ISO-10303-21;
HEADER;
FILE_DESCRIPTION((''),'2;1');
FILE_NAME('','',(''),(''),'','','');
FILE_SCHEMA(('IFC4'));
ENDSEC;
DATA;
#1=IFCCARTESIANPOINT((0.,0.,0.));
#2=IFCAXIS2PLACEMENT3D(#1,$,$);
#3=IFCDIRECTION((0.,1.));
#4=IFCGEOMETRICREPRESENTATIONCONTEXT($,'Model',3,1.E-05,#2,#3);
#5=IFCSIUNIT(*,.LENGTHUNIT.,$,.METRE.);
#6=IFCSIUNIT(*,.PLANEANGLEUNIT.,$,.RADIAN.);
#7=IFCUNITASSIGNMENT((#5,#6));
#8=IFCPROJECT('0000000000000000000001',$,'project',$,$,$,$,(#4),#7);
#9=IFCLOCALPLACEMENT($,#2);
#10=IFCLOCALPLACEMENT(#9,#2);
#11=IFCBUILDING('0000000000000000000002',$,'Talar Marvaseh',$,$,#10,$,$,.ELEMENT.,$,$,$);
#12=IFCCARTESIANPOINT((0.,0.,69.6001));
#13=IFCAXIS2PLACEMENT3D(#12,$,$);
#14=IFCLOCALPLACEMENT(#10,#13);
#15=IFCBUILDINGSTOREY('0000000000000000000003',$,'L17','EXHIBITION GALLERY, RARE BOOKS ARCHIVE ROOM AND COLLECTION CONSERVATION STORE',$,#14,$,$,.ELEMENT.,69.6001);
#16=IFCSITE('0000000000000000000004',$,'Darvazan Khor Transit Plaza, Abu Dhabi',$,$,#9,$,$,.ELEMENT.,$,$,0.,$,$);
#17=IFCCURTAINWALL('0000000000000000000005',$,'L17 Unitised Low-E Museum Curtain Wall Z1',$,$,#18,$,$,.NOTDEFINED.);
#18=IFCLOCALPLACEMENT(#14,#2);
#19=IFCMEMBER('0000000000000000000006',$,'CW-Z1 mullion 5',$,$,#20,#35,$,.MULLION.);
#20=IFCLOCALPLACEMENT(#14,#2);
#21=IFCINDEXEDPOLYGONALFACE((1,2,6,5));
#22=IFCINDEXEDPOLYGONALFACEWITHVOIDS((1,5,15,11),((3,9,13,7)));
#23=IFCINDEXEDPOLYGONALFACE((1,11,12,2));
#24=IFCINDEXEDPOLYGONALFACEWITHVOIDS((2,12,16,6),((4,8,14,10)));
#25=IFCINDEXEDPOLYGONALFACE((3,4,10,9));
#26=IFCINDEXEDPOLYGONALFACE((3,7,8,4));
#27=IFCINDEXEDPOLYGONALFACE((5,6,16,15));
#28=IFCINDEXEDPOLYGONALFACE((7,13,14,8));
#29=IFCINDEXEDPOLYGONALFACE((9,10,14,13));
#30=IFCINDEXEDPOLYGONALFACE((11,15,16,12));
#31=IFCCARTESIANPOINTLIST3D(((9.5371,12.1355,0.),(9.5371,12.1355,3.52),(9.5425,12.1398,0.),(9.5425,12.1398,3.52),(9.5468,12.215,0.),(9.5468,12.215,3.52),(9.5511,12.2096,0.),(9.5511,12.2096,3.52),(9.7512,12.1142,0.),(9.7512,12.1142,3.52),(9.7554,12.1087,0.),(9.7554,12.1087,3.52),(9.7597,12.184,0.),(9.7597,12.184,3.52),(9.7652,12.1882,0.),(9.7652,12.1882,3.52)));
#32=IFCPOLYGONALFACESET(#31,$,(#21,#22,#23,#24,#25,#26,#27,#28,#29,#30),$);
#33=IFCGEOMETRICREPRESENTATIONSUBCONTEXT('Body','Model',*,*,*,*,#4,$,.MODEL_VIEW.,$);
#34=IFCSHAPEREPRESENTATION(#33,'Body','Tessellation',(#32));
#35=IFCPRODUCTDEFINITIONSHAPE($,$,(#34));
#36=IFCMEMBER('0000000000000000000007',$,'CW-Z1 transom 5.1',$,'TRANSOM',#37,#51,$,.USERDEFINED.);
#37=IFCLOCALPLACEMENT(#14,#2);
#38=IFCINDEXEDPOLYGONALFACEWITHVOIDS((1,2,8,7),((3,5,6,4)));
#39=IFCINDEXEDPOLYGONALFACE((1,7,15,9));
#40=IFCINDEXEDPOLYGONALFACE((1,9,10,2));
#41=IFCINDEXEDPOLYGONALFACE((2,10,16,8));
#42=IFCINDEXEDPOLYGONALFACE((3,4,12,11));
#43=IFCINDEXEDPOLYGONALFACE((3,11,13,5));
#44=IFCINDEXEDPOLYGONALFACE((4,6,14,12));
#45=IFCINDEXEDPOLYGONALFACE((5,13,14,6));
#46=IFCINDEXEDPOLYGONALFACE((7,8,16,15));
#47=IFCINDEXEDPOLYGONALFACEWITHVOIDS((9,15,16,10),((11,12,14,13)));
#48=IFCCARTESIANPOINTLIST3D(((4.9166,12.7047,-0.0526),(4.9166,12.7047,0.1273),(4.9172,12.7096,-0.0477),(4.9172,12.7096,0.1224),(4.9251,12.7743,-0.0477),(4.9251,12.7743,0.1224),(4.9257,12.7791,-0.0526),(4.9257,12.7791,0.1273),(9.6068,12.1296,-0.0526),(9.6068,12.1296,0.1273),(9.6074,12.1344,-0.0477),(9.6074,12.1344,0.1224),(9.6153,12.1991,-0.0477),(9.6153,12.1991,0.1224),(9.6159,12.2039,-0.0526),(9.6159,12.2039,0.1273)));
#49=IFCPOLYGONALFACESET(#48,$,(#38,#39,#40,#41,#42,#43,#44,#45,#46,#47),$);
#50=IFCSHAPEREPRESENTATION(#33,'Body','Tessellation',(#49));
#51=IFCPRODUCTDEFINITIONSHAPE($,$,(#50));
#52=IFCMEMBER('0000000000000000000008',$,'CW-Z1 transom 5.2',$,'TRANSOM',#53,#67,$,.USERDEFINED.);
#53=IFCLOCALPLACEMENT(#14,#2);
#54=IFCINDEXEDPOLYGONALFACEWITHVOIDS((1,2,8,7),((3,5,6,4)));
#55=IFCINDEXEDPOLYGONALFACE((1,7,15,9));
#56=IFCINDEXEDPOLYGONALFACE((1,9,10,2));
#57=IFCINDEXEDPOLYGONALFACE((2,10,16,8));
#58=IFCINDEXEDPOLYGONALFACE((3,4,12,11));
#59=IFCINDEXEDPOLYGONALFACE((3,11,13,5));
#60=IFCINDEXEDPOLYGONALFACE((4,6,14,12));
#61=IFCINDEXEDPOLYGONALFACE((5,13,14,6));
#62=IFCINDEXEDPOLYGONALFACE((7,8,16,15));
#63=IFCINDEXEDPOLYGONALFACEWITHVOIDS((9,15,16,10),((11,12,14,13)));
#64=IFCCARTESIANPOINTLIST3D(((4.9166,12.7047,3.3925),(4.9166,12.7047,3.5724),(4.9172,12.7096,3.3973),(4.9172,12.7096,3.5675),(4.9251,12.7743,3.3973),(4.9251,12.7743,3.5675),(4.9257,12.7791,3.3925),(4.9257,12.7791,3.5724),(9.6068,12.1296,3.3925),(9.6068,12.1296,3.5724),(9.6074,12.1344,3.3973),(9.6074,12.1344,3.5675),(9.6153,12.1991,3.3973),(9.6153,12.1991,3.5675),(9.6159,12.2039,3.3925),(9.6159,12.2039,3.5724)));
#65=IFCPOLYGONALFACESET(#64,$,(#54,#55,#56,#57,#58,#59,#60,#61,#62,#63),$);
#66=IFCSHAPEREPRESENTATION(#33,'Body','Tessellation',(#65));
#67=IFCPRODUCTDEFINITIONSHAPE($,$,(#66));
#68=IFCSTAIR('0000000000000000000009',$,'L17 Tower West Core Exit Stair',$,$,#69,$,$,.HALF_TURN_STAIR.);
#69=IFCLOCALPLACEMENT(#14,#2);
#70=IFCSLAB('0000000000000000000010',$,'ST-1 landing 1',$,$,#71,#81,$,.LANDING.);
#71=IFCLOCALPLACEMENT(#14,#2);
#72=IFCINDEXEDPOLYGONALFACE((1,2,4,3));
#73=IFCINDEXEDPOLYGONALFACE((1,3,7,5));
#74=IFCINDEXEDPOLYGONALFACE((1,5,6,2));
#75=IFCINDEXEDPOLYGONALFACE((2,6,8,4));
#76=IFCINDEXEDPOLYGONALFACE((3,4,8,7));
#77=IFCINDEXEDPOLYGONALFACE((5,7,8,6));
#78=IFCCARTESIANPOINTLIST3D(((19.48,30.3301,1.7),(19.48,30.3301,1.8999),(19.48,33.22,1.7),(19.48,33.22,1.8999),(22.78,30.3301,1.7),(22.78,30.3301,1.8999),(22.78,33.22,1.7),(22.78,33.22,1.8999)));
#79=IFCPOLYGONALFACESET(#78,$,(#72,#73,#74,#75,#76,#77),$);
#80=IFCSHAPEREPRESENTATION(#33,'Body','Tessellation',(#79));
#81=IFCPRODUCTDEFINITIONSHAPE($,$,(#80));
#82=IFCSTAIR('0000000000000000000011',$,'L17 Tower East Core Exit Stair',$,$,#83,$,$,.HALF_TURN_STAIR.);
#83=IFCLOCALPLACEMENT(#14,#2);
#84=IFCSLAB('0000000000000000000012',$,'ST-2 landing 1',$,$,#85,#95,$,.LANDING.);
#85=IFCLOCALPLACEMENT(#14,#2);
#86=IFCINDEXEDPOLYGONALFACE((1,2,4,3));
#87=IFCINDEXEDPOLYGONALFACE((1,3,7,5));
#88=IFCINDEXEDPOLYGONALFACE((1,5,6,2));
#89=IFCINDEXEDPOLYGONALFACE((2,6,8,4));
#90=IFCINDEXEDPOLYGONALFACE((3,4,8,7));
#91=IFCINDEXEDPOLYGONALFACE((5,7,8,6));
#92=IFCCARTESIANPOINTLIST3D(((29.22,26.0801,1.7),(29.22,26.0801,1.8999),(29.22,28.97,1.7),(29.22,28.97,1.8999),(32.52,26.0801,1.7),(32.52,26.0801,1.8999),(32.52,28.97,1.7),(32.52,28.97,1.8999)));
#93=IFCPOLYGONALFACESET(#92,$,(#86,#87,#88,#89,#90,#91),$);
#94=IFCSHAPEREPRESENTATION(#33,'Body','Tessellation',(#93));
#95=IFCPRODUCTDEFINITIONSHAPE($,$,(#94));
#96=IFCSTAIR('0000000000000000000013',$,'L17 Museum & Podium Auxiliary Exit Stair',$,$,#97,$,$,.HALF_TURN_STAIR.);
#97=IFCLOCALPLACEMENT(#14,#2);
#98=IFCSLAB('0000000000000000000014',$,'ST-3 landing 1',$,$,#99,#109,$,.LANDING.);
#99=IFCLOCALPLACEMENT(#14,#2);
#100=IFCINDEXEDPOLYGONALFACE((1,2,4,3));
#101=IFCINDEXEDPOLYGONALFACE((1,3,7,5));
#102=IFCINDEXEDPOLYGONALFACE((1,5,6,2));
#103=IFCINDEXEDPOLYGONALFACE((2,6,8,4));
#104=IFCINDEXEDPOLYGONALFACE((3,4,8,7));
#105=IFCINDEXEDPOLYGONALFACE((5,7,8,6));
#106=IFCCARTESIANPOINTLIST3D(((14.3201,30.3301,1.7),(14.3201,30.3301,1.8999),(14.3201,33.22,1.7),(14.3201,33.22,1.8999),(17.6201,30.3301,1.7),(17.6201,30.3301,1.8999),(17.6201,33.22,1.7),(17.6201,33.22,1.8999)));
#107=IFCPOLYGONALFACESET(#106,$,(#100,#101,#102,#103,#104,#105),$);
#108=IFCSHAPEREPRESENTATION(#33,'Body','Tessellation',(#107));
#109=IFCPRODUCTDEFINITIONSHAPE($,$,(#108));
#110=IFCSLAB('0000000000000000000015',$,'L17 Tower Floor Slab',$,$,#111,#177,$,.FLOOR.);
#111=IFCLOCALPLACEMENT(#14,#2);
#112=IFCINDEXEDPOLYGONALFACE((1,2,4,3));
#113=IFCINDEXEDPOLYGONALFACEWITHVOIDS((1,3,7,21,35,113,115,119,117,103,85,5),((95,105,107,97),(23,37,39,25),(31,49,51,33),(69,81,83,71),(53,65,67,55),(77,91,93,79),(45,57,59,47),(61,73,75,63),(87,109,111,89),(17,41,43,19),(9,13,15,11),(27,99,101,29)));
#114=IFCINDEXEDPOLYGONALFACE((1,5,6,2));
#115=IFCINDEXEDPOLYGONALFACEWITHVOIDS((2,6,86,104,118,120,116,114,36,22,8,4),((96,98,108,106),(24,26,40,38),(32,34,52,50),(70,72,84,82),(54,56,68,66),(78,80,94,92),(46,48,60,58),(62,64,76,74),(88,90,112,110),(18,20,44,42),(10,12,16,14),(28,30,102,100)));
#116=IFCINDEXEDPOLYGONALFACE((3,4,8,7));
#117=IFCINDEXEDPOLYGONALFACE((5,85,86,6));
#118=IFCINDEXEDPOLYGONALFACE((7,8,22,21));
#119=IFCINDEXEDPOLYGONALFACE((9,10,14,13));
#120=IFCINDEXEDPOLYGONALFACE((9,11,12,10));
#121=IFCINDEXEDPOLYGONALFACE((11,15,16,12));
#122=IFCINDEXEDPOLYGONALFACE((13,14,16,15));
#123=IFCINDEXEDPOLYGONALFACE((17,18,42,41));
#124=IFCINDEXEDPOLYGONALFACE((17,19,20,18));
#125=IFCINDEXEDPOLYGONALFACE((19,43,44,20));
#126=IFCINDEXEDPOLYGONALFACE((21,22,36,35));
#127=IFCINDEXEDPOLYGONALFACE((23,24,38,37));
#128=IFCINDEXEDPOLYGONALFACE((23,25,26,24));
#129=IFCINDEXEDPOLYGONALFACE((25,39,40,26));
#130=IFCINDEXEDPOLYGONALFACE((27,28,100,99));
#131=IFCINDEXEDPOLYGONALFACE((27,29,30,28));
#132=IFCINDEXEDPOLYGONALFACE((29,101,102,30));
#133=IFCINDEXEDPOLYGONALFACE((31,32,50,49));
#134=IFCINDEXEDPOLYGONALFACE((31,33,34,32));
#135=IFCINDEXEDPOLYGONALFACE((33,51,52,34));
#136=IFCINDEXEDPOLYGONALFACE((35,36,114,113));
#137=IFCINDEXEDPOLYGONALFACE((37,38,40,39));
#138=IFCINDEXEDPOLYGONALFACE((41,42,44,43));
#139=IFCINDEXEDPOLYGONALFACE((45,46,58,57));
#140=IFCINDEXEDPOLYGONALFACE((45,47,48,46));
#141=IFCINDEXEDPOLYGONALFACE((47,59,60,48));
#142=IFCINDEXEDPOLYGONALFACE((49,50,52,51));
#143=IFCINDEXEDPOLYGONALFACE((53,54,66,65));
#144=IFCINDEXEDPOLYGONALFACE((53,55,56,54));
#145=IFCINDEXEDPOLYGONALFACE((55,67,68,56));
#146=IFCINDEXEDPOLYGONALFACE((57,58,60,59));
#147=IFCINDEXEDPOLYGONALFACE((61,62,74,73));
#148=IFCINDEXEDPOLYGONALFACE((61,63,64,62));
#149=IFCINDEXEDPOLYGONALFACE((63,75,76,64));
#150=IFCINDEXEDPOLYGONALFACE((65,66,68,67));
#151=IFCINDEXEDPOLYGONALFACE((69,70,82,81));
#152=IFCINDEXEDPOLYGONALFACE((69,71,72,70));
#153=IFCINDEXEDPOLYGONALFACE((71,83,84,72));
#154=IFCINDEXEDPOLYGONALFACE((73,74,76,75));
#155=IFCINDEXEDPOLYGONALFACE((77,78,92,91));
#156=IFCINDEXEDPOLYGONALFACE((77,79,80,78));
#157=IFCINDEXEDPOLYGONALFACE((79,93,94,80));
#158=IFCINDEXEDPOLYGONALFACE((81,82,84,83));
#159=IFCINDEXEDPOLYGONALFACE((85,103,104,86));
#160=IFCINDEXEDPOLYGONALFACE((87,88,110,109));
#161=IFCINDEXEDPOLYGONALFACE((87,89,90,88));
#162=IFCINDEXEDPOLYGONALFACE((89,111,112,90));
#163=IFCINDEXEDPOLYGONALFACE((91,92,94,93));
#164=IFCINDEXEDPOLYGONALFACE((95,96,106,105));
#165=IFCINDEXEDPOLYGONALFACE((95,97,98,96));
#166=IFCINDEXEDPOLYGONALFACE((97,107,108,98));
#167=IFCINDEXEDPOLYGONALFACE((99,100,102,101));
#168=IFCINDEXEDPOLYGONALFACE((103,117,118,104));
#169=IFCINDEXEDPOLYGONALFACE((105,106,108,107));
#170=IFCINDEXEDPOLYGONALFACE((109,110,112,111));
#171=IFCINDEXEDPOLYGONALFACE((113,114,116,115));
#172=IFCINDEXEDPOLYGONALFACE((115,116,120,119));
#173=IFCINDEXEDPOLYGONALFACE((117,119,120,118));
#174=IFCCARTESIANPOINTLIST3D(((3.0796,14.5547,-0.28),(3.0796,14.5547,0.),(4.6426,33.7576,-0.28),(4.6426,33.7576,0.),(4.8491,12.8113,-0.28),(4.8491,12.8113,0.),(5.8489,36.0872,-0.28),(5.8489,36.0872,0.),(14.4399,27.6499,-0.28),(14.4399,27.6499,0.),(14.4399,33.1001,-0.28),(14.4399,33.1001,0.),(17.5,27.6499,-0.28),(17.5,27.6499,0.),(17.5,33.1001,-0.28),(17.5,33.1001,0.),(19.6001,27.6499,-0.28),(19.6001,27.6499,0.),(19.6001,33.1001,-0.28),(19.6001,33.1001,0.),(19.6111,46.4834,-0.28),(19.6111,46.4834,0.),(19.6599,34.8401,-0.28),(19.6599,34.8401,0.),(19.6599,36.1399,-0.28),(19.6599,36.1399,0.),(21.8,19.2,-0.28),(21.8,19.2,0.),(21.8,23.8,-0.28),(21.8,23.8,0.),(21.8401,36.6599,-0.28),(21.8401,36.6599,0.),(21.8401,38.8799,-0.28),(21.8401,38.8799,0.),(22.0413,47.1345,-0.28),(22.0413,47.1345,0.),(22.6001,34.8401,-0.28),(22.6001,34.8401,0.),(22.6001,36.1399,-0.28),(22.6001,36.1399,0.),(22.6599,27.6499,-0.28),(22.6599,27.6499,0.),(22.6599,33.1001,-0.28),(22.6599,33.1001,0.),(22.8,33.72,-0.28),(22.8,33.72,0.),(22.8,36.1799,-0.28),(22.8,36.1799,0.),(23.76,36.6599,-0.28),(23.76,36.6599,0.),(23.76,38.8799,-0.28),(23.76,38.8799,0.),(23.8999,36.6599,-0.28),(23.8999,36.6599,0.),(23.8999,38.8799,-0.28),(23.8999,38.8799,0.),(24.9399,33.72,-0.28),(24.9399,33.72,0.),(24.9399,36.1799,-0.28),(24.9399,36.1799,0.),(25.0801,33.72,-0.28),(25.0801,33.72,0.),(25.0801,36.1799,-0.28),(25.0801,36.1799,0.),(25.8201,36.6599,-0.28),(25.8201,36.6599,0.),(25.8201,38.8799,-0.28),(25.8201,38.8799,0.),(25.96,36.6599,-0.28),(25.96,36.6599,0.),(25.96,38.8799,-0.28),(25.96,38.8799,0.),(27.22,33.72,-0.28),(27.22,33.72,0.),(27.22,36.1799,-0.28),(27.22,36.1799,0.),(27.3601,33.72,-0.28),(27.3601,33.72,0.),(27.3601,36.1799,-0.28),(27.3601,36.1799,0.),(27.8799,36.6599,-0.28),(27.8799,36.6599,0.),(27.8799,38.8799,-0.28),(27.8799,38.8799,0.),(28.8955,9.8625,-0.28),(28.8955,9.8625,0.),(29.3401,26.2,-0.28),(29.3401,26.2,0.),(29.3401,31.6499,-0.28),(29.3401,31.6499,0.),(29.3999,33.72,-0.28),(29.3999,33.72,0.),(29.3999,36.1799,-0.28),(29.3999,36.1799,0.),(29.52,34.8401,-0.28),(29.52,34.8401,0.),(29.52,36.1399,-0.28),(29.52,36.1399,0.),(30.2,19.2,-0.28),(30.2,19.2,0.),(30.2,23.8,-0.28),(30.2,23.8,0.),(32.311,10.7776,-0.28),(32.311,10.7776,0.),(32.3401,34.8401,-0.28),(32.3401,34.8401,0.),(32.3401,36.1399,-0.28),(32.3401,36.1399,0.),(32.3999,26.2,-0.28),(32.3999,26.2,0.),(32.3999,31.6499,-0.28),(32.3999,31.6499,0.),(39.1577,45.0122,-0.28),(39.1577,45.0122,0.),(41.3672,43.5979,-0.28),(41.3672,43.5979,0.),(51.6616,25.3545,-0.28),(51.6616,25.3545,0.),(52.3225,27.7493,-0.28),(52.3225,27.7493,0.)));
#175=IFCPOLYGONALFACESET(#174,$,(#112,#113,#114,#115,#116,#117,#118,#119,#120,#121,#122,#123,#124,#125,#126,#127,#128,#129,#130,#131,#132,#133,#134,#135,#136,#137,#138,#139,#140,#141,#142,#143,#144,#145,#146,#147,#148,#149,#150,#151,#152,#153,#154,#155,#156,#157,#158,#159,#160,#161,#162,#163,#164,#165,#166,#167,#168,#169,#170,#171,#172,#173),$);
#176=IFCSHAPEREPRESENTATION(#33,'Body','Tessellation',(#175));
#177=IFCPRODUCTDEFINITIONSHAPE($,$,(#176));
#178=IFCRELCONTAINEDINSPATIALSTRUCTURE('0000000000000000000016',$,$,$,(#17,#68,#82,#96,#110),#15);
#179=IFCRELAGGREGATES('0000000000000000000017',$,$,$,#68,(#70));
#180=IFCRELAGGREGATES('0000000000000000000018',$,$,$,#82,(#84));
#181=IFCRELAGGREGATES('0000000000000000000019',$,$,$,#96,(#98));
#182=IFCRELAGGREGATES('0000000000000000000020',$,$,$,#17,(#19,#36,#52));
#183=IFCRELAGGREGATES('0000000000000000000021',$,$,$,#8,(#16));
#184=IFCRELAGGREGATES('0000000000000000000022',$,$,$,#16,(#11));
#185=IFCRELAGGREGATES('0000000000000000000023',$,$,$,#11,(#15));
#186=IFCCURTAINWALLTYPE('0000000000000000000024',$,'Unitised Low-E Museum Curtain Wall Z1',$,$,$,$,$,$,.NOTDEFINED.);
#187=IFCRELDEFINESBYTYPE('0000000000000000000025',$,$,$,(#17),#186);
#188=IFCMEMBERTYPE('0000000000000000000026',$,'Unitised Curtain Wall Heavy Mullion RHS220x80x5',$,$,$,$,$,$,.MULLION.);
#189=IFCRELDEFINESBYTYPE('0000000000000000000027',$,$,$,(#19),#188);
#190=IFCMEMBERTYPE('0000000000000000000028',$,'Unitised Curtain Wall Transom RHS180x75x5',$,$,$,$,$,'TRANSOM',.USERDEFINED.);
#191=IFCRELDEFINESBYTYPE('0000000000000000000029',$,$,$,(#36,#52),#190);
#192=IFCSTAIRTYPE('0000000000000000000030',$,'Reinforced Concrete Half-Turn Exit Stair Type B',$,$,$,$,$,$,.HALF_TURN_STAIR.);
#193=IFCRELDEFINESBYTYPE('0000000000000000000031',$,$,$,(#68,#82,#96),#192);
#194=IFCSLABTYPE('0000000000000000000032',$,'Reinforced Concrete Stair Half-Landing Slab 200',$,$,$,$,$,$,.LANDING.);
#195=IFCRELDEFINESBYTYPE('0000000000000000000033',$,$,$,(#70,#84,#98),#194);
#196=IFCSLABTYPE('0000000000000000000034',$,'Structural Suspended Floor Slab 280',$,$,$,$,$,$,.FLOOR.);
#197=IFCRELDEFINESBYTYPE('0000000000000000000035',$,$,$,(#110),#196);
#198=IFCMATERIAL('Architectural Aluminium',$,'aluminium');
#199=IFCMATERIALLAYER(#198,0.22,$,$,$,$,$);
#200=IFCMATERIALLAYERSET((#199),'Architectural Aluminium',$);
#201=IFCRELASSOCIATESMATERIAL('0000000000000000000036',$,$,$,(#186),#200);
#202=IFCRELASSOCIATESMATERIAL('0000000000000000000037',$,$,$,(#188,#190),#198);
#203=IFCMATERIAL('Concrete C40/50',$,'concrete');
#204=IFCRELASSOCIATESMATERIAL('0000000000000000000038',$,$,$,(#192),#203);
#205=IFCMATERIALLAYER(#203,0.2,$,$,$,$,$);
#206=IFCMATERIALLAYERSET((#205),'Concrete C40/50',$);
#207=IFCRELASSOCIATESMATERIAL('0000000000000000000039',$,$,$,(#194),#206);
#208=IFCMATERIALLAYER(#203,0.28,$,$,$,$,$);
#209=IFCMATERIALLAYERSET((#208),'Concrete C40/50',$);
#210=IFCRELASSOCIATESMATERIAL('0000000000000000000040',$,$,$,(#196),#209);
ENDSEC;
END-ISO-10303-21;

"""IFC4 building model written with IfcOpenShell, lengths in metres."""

from ifc_helpers import new_model, si_unit, direction, frame, origin, origin_2d, place, context, subcontext, project, spatial, polyline, hollow_rectangle, outline, extrude, source, transform, mapped, material, layer, layer_set, material_profile, profile_set, type_object, type_shapes, element, aggregate, save


model = new_model("IFC4")

# Units and contexts
model_context = context("Model", 3, precision=1e-05, world=origin(), true_north=direction((0.0, 1.0)))
body_context = subcontext(model_context, "Body", "Model", "MODEL_VIEW")
ifc_project = project(units=[si_unit("LENGTHUNIT", "METRE"), si_unit("PLANEANGLEUNIT", "RADIAN")], contexts=[model_context])

# Site, building, storey
site_placement = place(None, origin())
site = spatial("IfcSite", under=ifc_project, at=site_placement, Name="Darvazan Khor Transit Plaza, Abu Dhabi", CompositionType="ELEMENT", RefElevation=0.0)
building_placement = place(site_placement, origin())
building = spatial("IfcBuilding", under=site, at=building_placement, Name="Talar Marvaseh", CompositionType="ELEMENT")
storey_placement = place(building_placement, frame((0.0, 0.0, 69.6001)))
storey = spatial("IfcBuildingStorey", under=building, at=storey_placement, Name="L17", Description="EXHIBITION GALLERY, RARE BOOKS ARCHIVE ROOM AND COLLECTION CONSERVATION STORE", CompositionType="ELEMENT", Elevation=69.6001)

# Curtain wall, members
ifc_material_1 = material(Name="Architectural Aluminium", Category="aluminium")
ifc_layer_1 = layer(ifc_material_1, 0.22)
ifc_layer_set_1 = layer_set([ifc_layer_1], Name="Architectural Aluminium")
curtain_wall_type = type_object("IfcCurtainWallType", Name="Unitised Low-E Museum Curtain Wall Z1", PredefinedType="NOTDEFINED", material=ifc_layer_set_1)
curtain_wall_placement = place(storey_placement, origin())
curtain_wall = element("IfcCurtainWall", 1, at=curtain_wall_placement, inside=storey, type_object=curtain_wall_type, Name="L17 Unitised Low-E Museum Curtain Wall Z1", PredefinedType="NOTDEFINED")
ifc_material_profile_1 = material_profile(ifc_material_1, hollow_rectangle(XDim=0.0801, YDim=0.22, WallThickness=0.0049, at=origin_2d()), Name="RHS220x80x5")
ifc_profile_set_1 = profile_set([ifc_material_profile_1], Name="Architectural Aluminium")
member_type_1 = type_object("IfcMemberType", Name="Unitised Curtain Wall Heavy Mullion RHS220x80x5", PredefinedType="MULLION", material=ifc_profile_set_1)
shared_shape_1 = source(origin(), body_context, "Body", "SweptSolid", [
    extrude(hollow_rectangle(XDim=0.0801, YDim=0.22, WallThickness=0.0049, at=origin_2d()), origin(), (0.0, 0.0, 1.0), 3.52),
])
type_shapes(member_type_1, [shared_shape_1])
member_1_placement = place(storey_placement, frame((9.6511, 12.1619, 0.0), z_axis=(0.0, 0.0, 1.0), x_axis=(-0.121713, -0.992565, 0.0)))
member_1 = element("IfcMember", 2, at=member_1_placement, type_object=member_type_1, Name="CW-Z1 mullion 5", PredefinedType="MULLION", context=body_context, shape_type="MappedRepresentation", body=[
    mapped(shared_shape_1, transform((0.0, 0.0, 0.0), x_axis=(1.0, 0.0, 0.0), y_axis=(0.0, 1.0, 0.0), z_axis=(0.0, 0.0, 1.0), scale=1.0)),
])
ifc_material_profile_2 = material_profile(ifc_material_1, hollow_rectangle(XDim=0.075, YDim=0.1799, WallThickness=0.0049, at=origin_2d()), Name="RHS180x75x5")
ifc_profile_set_2 = profile_set([ifc_material_profile_2], Name="Architectural Aluminium")
member_type_2 = type_object("IfcMemberType", Name="Unitised Curtain Wall Transom RHS180x75x5", ElementType="TRANSOM", PredefinedType="USERDEFINED", material=ifc_profile_set_2)
shared_shape_2 = source(origin(), body_context, "Body", "SweptSolid", [
    extrude(hollow_rectangle(XDim=0.075, YDim=0.1799, WallThickness=0.0049, at=origin_2d()), origin(), (0.0, 0.0, 1.0), 4.7253),
])
type_shapes(member_type_2, [shared_shape_2])
member_2_placement = place(storey_placement, frame((9.6113, 12.1667, 0.0374), z_axis=(-0.992564, 0.121726, 0.0), x_axis=(-0.121726, -0.992564, 0.0)))
member_2 = element("IfcMember", 3, at=member_2_placement, type_object=member_type_2, Name="CW-Z1 transom 5.1", ObjectType="TRANSOM", PredefinedType="USERDEFINED", context=body_context, shape_type="MappedRepresentation", body=[
    mapped(shared_shape_2, transform((0.0, 0.0, 0.0), x_axis=(1.0, 0.0, 0.0), y_axis=(0.0, 1.0, 0.0), z_axis=(0.0, 0.0, 1.0), scale=1.0)),
])
member_3_placement = place(storey_placement, frame((9.6113, 12.1667, 3.4824), z_axis=(-0.992564, 0.121726, 0.0), x_axis=(-0.121726, -0.992564, 0.0)))
member_3 = element("IfcMember", 4, at=member_3_placement, type_object=member_type_2, Name="CW-Z1 transom 5.2", ObjectType="TRANSOM", PredefinedType="USERDEFINED", context=body_context, shape_type="MappedRepresentation", body=[
    mapped(shared_shape_2, transform((0.0, 0.0, 0.0), x_axis=(1.0, 0.0, 0.0), y_axis=(0.0, 1.0, 0.0), z_axis=(0.0, 0.0, 1.0), scale=1.0)),
])

# Stairs, slabs
ifc_material_2 = material(Name="Concrete C40/50", Category="concrete")
stair_type = type_object("IfcStairType", Name="Reinforced Concrete Half-Turn Exit Stair Type B", PredefinedType="HALF_TURN_STAIR", material=ifc_material_2)
stair_1_placement = place(storey_placement, origin())
stair_1 = element("IfcStair", 5, at=stair_1_placement, inside=storey, type_object=stair_type, Name="L17 Tower West Core Exit Stair", PredefinedType="HALF_TURN_STAIR")
ifc_layer_2 = layer(ifc_material_2, 0.2)
ifc_layer_set_2 = layer_set([ifc_layer_2], Name="Concrete C40/50")
slab_type_1 = type_object("IfcSlabType", Name="Reinforced Concrete Stair Half-Landing Slab 200", PredefinedType="LANDING", material=ifc_layer_set_2)
slab_1_placement = place(storey_placement, frame((0.0, 0.0, 1.7)))
slab_1 = element("IfcSlab", 6, at=slab_1_placement, type_object=slab_type_1, Name="ST-1 landing 1", PredefinedType="LANDING", context=body_context, shape_type="SweptSolid", body=[
    extrude(outline(polyline([(22.78, 30.3301), (22.78, 33.22), (19.48, 33.22), (19.48, 30.3301), (22.78, 30.3301)])), origin(), (0.0, 0.0, 1.0), 0.2),
])
aggregate(stair_1, [slab_1])
stair_2_placement = place(storey_placement, origin())
stair_2 = element("IfcStair", 7, at=stair_2_placement, inside=storey, type_object=stair_type, Name="L17 Tower East Core Exit Stair", PredefinedType="HALF_TURN_STAIR")
slab_2_placement = place(storey_placement, frame((0.0, 0.0, 1.7)))
slab_2 = element("IfcSlab", 8, at=slab_2_placement, type_object=slab_type_1, Name="ST-2 landing 1", PredefinedType="LANDING", context=body_context, shape_type="SweptSolid", body=[
    extrude(outline(polyline([(29.22, 28.97), (29.22, 26.0801), (32.52, 26.0801), (32.52, 28.97), (29.22, 28.97)])), origin(), (0.0, 0.0, 1.0), 0.2),
])
aggregate(stair_2, [slab_2])
stair_3_placement = place(storey_placement, origin())
stair_3 = element("IfcStair", 9, at=stair_3_placement, inside=storey, type_object=stair_type, Name="L17 Museum & Podium Auxiliary Exit Stair", PredefinedType="HALF_TURN_STAIR")
slab_3_placement = place(storey_placement, frame((0.0, 0.0, 1.7)))
slab_3 = element("IfcSlab", 10, at=slab_3_placement, type_object=slab_type_1, Name="ST-3 landing 1", PredefinedType="LANDING", context=body_context, shape_type="SweptSolid", body=[
    extrude(outline(polyline([(17.6201, 30.3301), (17.6201, 33.22), (14.3201, 33.22), (14.3201, 30.3301), (17.6201, 30.3301)])), origin(), (0.0, 0.0, 1.0), 0.2),
])
aggregate(stair_3, [slab_3])

# Slab
ifc_layer_3 = layer(ifc_material_2, 0.28)
ifc_layer_set_3 = layer_set([ifc_layer_3], Name="Concrete C40/50")
slab_type_2 = type_object("IfcSlabType", Name="Structural Suspended Floor Slab 280", PredefinedType="FLOOR", material=ifc_layer_set_3)
slab_4_placement = place(storey_placement, frame((0.0, 0.0, -0.28)))
element("IfcSlab", 11, at=slab_4_placement, inside=storey, type_object=slab_type_2, Name="L17 Tower Floor Slab", PredefinedType="FLOOR", context=body_context, shape_type="SweptSolid", body=[
    extrude(outline(polyline([(4.8491, 12.8113), (3.0796, 14.5547), (4.6426, 33.7576), (5.8489, 36.0872), (19.6111, 46.4834), (22.0413, 47.1345), (39.1577, 45.0122), (41.3672, 43.5979), (52.3225, 27.7493), (51.6616, 25.3545), (32.311, 10.7776), (28.8955, 9.8625), (4.8491, 12.8113)]), holes=[polyline([(22.6599, 27.6499), (22.6599, 33.1001), (19.6001, 33.1001), (19.6001, 27.6499), (22.6599, 27.6499)]), polyline([(29.3401, 31.6499), (29.3401, 26.2), (32.3999, 26.2), (32.3999, 31.6499), (29.3401, 31.6499)]), polyline([(17.5, 27.6499), (17.5, 33.1001), (14.4399, 33.1001), (14.4399, 27.6499), (17.5, 27.6499)]), polyline([(22.8, 33.72), (24.9399, 33.72), (24.9399, 36.1799), (22.8, 36.1799), (22.8, 33.72)]), polyline([(25.0801, 33.72), (27.22, 33.72), (27.22, 36.1799), (25.0801, 36.1799), (25.0801, 33.72)]), polyline([(27.3601, 33.72), (29.3999, 33.72), (29.3999, 36.1799), (27.3601, 36.1799), (27.3601, 33.72)]), polyline([(21.8401, 36.6599), (23.76, 36.6599), (23.76, 38.8799), (21.8401, 38.8799), (21.8401, 36.6599)]), polyline([(23.8999, 36.6599), (25.8201, 36.6599), (25.8201, 38.8799), (23.8999, 38.8799), (23.8999, 36.6599)]), polyline([(25.96, 36.6599), (27.8799, 36.6599), (27.8799, 38.8799), (25.96, 38.8799), (25.96, 36.6599)]), polyline([(19.6599, 34.8401), (22.6001, 34.8401), (22.6001, 36.1399), (19.6599, 36.1399), (19.6599, 34.8401)]), polyline([(29.52, 34.8401), (32.3401, 34.8401), (32.3401, 36.1399), (29.52, 36.1399), (29.52, 34.8401)]), polyline([(21.8, 19.2), (30.2, 19.2), (30.2, 23.8), (21.8, 23.8), (21.8, 19.2)])]), origin(), (0.0, 0.0, 1.0), 0.28),
])

aggregate(curtain_wall, [member_1, member_2, member_3])

save(model, "model.ifc")
